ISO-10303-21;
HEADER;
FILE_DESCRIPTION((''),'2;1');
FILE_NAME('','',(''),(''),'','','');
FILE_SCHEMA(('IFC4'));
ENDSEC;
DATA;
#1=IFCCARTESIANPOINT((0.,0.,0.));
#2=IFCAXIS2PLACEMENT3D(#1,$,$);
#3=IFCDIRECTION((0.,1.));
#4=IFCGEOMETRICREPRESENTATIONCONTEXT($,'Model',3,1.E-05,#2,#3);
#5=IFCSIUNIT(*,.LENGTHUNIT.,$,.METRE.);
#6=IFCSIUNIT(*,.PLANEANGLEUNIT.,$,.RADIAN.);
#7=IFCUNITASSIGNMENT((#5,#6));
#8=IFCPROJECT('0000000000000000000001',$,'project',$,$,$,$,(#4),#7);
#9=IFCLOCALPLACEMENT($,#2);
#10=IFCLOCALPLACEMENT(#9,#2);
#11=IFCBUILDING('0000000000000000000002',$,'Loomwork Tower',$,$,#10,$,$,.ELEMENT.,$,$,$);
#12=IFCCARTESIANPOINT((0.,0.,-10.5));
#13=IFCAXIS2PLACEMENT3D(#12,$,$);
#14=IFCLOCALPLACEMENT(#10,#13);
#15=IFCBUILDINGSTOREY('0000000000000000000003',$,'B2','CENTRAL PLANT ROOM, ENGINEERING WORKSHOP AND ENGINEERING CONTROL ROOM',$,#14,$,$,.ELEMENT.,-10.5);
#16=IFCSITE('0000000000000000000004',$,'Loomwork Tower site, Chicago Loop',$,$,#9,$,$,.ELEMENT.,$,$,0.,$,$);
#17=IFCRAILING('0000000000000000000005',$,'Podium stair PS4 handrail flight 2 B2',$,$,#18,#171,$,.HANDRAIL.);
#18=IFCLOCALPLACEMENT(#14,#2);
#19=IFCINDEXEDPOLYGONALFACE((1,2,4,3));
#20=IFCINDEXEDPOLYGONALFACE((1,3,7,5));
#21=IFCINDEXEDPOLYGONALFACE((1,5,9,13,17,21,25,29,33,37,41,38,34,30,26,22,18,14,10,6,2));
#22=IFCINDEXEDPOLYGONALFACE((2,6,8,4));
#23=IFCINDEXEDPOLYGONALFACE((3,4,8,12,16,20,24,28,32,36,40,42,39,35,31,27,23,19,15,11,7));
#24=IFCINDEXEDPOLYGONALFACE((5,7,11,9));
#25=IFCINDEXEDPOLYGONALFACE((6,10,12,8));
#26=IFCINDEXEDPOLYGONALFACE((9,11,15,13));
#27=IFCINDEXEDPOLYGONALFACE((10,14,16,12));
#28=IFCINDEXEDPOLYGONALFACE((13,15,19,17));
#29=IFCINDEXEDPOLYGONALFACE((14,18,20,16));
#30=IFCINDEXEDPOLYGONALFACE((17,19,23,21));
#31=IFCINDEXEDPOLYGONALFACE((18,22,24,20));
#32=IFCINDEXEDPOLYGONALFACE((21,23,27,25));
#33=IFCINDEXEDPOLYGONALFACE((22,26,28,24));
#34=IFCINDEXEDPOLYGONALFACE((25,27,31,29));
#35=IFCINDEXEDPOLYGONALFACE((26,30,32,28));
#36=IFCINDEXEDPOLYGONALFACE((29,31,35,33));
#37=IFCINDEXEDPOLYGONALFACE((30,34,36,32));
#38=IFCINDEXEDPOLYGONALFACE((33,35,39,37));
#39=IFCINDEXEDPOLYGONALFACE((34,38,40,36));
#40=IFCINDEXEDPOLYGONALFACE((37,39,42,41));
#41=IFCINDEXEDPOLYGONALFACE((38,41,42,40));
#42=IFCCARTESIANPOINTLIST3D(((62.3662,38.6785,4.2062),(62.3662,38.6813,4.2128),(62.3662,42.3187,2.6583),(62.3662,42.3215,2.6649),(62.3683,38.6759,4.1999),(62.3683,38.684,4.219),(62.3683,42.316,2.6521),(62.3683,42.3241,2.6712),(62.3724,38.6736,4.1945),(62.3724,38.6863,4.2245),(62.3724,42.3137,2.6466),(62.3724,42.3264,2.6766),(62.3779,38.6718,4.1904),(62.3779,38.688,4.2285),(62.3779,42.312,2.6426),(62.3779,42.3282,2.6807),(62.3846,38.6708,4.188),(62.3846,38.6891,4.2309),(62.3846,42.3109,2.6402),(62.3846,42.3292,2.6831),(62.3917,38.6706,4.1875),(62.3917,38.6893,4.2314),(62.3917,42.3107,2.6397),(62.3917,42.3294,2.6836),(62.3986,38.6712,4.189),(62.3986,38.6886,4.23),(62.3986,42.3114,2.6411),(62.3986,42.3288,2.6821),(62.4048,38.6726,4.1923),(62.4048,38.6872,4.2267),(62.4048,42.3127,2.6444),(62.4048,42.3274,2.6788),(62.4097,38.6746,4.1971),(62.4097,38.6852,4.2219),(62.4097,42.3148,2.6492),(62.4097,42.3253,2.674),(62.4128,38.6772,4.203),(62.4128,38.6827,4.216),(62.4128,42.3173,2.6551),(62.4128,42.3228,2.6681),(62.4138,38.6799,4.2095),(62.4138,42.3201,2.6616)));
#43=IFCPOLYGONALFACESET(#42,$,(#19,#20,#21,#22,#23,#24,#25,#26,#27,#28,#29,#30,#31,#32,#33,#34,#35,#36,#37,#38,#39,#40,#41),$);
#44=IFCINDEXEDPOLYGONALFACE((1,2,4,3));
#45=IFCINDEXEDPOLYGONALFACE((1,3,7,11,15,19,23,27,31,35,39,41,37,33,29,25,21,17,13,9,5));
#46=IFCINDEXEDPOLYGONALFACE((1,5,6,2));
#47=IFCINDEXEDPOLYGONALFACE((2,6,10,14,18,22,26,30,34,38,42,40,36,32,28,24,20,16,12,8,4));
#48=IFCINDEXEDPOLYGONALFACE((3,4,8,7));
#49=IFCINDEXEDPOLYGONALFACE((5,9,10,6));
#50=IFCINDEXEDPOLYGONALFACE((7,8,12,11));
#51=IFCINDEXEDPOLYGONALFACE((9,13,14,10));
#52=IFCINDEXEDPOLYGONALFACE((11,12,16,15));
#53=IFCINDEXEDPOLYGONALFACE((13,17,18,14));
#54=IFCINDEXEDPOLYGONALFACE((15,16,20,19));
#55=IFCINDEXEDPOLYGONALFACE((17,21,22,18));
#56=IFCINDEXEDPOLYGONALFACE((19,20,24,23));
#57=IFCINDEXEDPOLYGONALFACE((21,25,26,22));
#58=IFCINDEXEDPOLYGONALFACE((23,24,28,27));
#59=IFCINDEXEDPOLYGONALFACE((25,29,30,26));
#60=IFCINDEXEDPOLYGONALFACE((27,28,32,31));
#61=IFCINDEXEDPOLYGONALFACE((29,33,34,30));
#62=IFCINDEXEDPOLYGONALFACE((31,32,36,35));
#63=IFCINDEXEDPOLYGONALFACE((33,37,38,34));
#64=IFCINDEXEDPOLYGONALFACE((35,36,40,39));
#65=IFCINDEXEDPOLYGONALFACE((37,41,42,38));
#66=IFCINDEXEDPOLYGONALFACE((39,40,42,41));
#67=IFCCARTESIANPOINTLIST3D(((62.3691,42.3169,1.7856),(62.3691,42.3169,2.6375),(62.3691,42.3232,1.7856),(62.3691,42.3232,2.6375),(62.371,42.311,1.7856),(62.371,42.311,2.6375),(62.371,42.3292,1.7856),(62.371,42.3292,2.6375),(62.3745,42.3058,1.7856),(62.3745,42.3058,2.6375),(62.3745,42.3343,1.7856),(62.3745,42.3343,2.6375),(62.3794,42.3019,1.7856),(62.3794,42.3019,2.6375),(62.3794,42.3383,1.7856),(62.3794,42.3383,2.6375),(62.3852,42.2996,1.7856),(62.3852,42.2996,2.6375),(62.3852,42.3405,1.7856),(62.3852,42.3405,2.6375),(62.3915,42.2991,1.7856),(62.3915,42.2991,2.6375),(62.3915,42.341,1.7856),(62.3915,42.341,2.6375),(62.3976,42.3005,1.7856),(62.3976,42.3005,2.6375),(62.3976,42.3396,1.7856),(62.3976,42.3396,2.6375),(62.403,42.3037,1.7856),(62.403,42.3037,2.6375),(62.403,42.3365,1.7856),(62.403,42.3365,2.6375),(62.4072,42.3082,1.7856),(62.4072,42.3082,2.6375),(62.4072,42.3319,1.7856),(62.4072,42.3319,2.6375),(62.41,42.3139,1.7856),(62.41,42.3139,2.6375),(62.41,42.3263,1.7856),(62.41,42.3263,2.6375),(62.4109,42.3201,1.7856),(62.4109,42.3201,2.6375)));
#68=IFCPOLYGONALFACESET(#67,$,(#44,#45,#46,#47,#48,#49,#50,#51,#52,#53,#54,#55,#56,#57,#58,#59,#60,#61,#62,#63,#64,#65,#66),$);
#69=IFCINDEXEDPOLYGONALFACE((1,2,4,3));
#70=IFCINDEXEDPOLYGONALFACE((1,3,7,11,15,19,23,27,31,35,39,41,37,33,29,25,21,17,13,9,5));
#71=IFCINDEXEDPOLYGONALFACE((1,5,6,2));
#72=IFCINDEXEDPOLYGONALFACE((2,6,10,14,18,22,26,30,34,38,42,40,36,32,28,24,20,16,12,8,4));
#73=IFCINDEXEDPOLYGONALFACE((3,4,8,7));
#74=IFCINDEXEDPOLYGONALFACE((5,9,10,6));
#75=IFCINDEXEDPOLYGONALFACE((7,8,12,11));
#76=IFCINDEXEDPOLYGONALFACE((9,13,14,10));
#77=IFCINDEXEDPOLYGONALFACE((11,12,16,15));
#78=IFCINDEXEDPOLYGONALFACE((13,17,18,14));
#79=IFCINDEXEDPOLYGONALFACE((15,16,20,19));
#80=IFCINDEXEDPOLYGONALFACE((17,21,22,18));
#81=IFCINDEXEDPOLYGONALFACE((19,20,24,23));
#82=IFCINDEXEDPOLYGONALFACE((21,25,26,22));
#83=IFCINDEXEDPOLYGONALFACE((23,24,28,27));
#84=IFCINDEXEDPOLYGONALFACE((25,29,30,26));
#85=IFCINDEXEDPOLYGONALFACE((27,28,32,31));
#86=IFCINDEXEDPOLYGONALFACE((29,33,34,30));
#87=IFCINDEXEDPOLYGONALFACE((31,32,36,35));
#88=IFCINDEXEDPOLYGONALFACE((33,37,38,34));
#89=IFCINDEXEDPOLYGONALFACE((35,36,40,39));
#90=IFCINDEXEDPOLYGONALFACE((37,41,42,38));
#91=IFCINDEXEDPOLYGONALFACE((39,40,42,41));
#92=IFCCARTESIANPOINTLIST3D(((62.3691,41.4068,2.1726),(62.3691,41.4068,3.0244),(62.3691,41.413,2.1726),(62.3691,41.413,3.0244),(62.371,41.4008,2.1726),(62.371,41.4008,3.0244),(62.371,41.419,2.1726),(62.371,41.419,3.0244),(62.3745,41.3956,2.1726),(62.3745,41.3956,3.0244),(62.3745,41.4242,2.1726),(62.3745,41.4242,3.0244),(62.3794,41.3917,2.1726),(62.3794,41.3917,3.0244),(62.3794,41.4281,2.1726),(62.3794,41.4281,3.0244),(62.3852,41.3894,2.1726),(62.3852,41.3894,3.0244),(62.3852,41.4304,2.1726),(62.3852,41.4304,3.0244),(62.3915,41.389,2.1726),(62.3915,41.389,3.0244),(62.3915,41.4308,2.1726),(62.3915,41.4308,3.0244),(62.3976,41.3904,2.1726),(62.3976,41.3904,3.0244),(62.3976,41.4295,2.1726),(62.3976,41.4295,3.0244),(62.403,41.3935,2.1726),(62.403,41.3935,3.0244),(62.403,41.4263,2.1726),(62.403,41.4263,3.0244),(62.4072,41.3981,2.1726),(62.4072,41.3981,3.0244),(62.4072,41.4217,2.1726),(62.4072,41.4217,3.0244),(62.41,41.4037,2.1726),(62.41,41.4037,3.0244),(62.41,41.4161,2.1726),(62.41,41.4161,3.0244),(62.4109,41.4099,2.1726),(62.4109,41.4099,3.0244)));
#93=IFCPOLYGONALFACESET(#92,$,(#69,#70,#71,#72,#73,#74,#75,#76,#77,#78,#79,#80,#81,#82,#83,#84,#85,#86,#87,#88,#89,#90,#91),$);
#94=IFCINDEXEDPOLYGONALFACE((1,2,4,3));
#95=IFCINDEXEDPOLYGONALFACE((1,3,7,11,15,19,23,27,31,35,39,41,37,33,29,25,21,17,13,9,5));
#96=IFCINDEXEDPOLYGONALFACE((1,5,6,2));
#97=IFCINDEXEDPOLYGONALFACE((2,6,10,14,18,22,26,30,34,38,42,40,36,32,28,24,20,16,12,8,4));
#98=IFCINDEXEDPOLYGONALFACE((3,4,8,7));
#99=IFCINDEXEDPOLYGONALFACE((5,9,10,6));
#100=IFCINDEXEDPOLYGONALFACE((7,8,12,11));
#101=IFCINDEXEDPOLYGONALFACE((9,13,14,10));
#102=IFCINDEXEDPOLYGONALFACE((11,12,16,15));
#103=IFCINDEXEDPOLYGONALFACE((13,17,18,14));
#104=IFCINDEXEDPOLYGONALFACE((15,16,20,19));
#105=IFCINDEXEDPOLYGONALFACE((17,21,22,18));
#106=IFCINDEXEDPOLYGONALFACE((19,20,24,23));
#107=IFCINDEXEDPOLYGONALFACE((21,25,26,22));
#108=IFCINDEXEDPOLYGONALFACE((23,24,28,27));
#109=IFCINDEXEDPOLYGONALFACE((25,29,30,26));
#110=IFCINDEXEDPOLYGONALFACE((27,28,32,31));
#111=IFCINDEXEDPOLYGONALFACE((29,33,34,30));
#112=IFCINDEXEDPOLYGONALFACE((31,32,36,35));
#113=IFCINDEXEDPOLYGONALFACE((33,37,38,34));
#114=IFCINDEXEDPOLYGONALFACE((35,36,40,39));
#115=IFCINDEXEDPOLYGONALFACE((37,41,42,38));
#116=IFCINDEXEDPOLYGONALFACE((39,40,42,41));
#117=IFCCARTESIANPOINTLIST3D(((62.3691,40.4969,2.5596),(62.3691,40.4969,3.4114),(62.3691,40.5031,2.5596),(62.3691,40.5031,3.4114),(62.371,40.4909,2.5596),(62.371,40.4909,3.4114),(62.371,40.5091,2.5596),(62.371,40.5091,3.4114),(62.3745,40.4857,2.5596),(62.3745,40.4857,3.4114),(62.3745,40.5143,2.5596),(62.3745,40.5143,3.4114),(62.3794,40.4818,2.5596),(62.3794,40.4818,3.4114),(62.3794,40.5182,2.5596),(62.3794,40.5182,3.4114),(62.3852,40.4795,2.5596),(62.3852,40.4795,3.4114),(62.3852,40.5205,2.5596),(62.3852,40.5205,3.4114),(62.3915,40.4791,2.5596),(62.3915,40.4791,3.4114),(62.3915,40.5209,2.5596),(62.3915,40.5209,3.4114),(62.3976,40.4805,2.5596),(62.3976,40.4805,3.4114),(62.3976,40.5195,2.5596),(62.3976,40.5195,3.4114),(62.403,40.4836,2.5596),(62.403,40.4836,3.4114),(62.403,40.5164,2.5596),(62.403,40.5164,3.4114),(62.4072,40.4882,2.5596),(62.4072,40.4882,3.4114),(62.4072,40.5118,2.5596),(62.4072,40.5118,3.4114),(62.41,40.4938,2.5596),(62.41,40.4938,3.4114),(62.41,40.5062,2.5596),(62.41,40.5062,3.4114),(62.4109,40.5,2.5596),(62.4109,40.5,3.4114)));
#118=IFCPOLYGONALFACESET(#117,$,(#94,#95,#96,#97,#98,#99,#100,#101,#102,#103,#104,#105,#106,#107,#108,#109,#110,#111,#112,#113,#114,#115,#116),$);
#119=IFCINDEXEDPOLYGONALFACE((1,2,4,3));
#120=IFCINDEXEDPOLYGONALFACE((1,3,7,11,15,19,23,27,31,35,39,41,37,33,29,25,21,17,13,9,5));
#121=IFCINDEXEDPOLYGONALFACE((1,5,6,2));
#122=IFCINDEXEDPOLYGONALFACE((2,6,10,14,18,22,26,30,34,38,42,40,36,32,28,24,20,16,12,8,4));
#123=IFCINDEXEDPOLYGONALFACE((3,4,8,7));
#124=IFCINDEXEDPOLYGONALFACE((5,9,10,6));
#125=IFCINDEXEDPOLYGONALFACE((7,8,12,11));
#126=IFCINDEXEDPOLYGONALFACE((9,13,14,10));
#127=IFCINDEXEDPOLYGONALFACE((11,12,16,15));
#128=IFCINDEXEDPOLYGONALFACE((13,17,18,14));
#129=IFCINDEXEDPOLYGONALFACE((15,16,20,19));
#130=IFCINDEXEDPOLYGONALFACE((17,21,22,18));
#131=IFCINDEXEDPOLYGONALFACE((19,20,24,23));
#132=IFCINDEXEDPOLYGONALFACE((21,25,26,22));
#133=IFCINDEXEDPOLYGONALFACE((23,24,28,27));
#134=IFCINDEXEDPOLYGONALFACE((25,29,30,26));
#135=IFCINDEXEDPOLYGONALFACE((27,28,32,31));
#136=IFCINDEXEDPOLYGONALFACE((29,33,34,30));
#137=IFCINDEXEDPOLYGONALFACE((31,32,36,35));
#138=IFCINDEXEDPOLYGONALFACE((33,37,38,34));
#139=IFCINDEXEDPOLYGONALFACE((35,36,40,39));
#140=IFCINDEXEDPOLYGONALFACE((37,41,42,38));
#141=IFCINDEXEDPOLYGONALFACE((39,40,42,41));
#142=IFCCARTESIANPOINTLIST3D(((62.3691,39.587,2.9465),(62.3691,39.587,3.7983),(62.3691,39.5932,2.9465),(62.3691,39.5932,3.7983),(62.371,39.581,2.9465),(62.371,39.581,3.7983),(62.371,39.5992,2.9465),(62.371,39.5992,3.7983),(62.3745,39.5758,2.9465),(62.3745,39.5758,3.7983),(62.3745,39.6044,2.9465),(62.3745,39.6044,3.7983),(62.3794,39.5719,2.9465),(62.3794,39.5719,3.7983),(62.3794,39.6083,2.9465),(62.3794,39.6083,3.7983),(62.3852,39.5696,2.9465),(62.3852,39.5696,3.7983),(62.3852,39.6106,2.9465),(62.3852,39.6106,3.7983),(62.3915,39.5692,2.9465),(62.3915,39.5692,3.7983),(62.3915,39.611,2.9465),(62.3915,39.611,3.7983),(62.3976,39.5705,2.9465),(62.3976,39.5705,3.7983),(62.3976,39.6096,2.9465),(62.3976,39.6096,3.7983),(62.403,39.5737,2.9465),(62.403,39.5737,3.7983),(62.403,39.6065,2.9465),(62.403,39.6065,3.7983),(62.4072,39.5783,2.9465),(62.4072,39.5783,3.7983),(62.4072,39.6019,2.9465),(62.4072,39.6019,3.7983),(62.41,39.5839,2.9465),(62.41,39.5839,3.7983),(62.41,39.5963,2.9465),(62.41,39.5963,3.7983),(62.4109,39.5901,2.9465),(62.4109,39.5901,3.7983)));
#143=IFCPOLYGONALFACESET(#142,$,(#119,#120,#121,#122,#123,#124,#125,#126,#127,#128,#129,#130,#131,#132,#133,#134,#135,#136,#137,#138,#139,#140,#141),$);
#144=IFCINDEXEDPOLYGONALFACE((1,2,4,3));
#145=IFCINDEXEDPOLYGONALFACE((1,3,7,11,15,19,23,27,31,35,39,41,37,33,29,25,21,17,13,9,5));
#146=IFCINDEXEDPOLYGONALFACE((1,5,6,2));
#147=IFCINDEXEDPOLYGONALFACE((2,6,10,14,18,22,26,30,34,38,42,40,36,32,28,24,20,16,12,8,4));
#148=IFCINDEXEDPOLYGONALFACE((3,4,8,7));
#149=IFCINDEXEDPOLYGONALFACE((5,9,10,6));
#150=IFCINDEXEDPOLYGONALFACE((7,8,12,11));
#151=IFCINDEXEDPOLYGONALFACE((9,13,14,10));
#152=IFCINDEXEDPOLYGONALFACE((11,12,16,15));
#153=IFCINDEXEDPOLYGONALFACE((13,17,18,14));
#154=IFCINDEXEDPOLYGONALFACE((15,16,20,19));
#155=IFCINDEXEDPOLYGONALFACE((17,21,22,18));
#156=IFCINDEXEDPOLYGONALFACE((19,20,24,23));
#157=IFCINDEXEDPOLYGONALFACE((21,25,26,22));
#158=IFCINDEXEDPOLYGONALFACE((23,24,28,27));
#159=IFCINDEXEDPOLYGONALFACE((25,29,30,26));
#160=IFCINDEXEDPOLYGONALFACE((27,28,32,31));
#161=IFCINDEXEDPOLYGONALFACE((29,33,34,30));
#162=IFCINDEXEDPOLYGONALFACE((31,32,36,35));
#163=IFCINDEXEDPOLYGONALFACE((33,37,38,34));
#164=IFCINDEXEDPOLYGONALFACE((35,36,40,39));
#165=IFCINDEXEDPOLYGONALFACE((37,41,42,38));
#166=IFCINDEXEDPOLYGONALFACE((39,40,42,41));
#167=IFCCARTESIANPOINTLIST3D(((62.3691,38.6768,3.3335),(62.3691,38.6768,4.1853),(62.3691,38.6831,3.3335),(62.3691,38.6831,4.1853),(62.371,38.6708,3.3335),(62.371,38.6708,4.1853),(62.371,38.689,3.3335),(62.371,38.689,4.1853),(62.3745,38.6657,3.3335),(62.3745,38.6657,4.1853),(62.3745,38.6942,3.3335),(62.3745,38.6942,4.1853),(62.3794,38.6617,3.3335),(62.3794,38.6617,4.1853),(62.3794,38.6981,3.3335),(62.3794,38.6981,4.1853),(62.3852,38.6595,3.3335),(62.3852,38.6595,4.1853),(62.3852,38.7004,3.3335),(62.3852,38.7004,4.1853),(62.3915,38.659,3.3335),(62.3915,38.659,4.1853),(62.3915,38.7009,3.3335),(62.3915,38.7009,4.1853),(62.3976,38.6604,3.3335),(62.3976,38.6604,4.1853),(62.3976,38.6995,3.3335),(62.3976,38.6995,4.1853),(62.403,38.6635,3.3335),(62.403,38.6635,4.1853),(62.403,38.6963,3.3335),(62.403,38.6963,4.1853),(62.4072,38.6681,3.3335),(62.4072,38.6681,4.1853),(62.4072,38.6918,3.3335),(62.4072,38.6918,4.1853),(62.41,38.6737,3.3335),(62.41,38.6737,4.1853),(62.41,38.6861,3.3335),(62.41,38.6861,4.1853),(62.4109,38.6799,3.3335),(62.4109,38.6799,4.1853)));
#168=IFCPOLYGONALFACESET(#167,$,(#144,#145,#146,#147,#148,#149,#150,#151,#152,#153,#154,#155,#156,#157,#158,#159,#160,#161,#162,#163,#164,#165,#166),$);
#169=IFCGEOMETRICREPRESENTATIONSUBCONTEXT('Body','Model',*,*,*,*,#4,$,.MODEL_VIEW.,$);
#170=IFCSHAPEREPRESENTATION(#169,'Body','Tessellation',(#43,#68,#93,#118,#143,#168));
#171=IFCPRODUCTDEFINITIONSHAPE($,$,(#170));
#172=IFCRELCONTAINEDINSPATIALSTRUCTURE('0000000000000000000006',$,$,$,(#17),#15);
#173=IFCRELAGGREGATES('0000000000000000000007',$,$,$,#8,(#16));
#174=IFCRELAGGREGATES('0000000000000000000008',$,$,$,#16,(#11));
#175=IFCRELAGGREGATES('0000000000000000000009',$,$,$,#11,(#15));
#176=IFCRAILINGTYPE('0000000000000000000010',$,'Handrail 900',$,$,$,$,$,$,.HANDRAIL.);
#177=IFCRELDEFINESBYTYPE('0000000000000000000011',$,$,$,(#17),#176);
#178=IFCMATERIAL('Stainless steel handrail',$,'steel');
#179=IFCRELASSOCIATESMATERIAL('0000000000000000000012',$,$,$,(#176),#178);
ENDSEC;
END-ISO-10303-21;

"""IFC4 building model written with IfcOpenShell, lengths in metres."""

from ifc_helpers import new_model, si_unit, direction, frame, origin, origin_2d, place, context, subcontext, project, spatial, circle, extrude, material, type_object, element, save


model = new_model("IFC4")

# Units and contexts
model_context = context("Model", 3, precision=1e-05, world=origin(), true_north=direction((0.0, 1.0)))
body_context = subcontext(model_context, "Body", "Model", "MODEL_VIEW")
ifc_project = project(units=[si_unit("LENGTHUNIT", "METRE"), si_unit("PLANEANGLEUNIT", "RADIAN")], contexts=[model_context])

# Site, building, storey
site_placement = place(None, origin())
site = spatial("IfcSite", under=ifc_project, at=site_placement, Name="Loomwork Tower site, Chicago Loop", CompositionType="ELEMENT", RefElevation=0.0)
building_placement = place(site_placement, origin())
building = spatial("IfcBuilding", under=site, at=building_placement, Name="Loomwork Tower", CompositionType="ELEMENT")
storey_placement = place(building_placement, frame((0.0, 0.0, -10.5)))
storey = spatial("IfcBuildingStorey", under=building, at=storey_placement, Name="B2", Description="CENTRAL PLANT ROOM, ENGINEERING WORKSHOP AND ENGINEERING CONTROL ROOM", CompositionType="ELEMENT", Elevation=-10.5)

# Railing
ifc_material_1 = material(Name="Stainless steel handrail", Category="steel")
railing_type = type_object("IfcRailingType", Name="Handrail 900", PredefinedType="HANDRAIL", material=ifc_material_1)
railing_1_placement = place(storey_placement, frame((62.3899, 42.3201, 1.7856)))
element("IfcRailing", 1, at=railing_1_placement, inside=storey, type_object=railing_type, Name="Podium stair PS4 handrail flight 2 B2", PredefinedType="HANDRAIL", context=body_context, shape_type="SweptSolid", body=[
    extrude(circle(Radius=0.0239, at=origin_2d()), frame((0.0, 0.0, 0.876), z_axis=(0.0, -0.920259, 0.391311), x_axis=(1.0, 0.0, 0.0)), (0.0, 0.0, 1.0), 3.9556),
    extrude(circle(Radius=0.021, at=origin_2d()), origin(), (0.0, 0.0, 1.0), 0.8518),
    extrude(circle(Radius=0.021, at=origin_2d()), frame((0.0, -0.9102, 0.387)), (0.0, 0.0, 1.0), 0.8518),
    extrude(circle(Radius=0.021, at=origin_2d()), frame((0.0, -1.8201, 0.7739)), (0.0, 0.0, 1.0), 0.8518),
    extrude(circle(Radius=0.021, at=origin_2d()), frame((0.0, -2.73, 1.1609)), (0.0, 0.0, 1.0), 0.8518),
    extrude(circle(Radius=0.021, at=origin_2d()), frame((0.0, -3.6401, 1.5479)), (0.0, 0.0, 1.0), 0.8518),
])

save(model, "model.ifc")
